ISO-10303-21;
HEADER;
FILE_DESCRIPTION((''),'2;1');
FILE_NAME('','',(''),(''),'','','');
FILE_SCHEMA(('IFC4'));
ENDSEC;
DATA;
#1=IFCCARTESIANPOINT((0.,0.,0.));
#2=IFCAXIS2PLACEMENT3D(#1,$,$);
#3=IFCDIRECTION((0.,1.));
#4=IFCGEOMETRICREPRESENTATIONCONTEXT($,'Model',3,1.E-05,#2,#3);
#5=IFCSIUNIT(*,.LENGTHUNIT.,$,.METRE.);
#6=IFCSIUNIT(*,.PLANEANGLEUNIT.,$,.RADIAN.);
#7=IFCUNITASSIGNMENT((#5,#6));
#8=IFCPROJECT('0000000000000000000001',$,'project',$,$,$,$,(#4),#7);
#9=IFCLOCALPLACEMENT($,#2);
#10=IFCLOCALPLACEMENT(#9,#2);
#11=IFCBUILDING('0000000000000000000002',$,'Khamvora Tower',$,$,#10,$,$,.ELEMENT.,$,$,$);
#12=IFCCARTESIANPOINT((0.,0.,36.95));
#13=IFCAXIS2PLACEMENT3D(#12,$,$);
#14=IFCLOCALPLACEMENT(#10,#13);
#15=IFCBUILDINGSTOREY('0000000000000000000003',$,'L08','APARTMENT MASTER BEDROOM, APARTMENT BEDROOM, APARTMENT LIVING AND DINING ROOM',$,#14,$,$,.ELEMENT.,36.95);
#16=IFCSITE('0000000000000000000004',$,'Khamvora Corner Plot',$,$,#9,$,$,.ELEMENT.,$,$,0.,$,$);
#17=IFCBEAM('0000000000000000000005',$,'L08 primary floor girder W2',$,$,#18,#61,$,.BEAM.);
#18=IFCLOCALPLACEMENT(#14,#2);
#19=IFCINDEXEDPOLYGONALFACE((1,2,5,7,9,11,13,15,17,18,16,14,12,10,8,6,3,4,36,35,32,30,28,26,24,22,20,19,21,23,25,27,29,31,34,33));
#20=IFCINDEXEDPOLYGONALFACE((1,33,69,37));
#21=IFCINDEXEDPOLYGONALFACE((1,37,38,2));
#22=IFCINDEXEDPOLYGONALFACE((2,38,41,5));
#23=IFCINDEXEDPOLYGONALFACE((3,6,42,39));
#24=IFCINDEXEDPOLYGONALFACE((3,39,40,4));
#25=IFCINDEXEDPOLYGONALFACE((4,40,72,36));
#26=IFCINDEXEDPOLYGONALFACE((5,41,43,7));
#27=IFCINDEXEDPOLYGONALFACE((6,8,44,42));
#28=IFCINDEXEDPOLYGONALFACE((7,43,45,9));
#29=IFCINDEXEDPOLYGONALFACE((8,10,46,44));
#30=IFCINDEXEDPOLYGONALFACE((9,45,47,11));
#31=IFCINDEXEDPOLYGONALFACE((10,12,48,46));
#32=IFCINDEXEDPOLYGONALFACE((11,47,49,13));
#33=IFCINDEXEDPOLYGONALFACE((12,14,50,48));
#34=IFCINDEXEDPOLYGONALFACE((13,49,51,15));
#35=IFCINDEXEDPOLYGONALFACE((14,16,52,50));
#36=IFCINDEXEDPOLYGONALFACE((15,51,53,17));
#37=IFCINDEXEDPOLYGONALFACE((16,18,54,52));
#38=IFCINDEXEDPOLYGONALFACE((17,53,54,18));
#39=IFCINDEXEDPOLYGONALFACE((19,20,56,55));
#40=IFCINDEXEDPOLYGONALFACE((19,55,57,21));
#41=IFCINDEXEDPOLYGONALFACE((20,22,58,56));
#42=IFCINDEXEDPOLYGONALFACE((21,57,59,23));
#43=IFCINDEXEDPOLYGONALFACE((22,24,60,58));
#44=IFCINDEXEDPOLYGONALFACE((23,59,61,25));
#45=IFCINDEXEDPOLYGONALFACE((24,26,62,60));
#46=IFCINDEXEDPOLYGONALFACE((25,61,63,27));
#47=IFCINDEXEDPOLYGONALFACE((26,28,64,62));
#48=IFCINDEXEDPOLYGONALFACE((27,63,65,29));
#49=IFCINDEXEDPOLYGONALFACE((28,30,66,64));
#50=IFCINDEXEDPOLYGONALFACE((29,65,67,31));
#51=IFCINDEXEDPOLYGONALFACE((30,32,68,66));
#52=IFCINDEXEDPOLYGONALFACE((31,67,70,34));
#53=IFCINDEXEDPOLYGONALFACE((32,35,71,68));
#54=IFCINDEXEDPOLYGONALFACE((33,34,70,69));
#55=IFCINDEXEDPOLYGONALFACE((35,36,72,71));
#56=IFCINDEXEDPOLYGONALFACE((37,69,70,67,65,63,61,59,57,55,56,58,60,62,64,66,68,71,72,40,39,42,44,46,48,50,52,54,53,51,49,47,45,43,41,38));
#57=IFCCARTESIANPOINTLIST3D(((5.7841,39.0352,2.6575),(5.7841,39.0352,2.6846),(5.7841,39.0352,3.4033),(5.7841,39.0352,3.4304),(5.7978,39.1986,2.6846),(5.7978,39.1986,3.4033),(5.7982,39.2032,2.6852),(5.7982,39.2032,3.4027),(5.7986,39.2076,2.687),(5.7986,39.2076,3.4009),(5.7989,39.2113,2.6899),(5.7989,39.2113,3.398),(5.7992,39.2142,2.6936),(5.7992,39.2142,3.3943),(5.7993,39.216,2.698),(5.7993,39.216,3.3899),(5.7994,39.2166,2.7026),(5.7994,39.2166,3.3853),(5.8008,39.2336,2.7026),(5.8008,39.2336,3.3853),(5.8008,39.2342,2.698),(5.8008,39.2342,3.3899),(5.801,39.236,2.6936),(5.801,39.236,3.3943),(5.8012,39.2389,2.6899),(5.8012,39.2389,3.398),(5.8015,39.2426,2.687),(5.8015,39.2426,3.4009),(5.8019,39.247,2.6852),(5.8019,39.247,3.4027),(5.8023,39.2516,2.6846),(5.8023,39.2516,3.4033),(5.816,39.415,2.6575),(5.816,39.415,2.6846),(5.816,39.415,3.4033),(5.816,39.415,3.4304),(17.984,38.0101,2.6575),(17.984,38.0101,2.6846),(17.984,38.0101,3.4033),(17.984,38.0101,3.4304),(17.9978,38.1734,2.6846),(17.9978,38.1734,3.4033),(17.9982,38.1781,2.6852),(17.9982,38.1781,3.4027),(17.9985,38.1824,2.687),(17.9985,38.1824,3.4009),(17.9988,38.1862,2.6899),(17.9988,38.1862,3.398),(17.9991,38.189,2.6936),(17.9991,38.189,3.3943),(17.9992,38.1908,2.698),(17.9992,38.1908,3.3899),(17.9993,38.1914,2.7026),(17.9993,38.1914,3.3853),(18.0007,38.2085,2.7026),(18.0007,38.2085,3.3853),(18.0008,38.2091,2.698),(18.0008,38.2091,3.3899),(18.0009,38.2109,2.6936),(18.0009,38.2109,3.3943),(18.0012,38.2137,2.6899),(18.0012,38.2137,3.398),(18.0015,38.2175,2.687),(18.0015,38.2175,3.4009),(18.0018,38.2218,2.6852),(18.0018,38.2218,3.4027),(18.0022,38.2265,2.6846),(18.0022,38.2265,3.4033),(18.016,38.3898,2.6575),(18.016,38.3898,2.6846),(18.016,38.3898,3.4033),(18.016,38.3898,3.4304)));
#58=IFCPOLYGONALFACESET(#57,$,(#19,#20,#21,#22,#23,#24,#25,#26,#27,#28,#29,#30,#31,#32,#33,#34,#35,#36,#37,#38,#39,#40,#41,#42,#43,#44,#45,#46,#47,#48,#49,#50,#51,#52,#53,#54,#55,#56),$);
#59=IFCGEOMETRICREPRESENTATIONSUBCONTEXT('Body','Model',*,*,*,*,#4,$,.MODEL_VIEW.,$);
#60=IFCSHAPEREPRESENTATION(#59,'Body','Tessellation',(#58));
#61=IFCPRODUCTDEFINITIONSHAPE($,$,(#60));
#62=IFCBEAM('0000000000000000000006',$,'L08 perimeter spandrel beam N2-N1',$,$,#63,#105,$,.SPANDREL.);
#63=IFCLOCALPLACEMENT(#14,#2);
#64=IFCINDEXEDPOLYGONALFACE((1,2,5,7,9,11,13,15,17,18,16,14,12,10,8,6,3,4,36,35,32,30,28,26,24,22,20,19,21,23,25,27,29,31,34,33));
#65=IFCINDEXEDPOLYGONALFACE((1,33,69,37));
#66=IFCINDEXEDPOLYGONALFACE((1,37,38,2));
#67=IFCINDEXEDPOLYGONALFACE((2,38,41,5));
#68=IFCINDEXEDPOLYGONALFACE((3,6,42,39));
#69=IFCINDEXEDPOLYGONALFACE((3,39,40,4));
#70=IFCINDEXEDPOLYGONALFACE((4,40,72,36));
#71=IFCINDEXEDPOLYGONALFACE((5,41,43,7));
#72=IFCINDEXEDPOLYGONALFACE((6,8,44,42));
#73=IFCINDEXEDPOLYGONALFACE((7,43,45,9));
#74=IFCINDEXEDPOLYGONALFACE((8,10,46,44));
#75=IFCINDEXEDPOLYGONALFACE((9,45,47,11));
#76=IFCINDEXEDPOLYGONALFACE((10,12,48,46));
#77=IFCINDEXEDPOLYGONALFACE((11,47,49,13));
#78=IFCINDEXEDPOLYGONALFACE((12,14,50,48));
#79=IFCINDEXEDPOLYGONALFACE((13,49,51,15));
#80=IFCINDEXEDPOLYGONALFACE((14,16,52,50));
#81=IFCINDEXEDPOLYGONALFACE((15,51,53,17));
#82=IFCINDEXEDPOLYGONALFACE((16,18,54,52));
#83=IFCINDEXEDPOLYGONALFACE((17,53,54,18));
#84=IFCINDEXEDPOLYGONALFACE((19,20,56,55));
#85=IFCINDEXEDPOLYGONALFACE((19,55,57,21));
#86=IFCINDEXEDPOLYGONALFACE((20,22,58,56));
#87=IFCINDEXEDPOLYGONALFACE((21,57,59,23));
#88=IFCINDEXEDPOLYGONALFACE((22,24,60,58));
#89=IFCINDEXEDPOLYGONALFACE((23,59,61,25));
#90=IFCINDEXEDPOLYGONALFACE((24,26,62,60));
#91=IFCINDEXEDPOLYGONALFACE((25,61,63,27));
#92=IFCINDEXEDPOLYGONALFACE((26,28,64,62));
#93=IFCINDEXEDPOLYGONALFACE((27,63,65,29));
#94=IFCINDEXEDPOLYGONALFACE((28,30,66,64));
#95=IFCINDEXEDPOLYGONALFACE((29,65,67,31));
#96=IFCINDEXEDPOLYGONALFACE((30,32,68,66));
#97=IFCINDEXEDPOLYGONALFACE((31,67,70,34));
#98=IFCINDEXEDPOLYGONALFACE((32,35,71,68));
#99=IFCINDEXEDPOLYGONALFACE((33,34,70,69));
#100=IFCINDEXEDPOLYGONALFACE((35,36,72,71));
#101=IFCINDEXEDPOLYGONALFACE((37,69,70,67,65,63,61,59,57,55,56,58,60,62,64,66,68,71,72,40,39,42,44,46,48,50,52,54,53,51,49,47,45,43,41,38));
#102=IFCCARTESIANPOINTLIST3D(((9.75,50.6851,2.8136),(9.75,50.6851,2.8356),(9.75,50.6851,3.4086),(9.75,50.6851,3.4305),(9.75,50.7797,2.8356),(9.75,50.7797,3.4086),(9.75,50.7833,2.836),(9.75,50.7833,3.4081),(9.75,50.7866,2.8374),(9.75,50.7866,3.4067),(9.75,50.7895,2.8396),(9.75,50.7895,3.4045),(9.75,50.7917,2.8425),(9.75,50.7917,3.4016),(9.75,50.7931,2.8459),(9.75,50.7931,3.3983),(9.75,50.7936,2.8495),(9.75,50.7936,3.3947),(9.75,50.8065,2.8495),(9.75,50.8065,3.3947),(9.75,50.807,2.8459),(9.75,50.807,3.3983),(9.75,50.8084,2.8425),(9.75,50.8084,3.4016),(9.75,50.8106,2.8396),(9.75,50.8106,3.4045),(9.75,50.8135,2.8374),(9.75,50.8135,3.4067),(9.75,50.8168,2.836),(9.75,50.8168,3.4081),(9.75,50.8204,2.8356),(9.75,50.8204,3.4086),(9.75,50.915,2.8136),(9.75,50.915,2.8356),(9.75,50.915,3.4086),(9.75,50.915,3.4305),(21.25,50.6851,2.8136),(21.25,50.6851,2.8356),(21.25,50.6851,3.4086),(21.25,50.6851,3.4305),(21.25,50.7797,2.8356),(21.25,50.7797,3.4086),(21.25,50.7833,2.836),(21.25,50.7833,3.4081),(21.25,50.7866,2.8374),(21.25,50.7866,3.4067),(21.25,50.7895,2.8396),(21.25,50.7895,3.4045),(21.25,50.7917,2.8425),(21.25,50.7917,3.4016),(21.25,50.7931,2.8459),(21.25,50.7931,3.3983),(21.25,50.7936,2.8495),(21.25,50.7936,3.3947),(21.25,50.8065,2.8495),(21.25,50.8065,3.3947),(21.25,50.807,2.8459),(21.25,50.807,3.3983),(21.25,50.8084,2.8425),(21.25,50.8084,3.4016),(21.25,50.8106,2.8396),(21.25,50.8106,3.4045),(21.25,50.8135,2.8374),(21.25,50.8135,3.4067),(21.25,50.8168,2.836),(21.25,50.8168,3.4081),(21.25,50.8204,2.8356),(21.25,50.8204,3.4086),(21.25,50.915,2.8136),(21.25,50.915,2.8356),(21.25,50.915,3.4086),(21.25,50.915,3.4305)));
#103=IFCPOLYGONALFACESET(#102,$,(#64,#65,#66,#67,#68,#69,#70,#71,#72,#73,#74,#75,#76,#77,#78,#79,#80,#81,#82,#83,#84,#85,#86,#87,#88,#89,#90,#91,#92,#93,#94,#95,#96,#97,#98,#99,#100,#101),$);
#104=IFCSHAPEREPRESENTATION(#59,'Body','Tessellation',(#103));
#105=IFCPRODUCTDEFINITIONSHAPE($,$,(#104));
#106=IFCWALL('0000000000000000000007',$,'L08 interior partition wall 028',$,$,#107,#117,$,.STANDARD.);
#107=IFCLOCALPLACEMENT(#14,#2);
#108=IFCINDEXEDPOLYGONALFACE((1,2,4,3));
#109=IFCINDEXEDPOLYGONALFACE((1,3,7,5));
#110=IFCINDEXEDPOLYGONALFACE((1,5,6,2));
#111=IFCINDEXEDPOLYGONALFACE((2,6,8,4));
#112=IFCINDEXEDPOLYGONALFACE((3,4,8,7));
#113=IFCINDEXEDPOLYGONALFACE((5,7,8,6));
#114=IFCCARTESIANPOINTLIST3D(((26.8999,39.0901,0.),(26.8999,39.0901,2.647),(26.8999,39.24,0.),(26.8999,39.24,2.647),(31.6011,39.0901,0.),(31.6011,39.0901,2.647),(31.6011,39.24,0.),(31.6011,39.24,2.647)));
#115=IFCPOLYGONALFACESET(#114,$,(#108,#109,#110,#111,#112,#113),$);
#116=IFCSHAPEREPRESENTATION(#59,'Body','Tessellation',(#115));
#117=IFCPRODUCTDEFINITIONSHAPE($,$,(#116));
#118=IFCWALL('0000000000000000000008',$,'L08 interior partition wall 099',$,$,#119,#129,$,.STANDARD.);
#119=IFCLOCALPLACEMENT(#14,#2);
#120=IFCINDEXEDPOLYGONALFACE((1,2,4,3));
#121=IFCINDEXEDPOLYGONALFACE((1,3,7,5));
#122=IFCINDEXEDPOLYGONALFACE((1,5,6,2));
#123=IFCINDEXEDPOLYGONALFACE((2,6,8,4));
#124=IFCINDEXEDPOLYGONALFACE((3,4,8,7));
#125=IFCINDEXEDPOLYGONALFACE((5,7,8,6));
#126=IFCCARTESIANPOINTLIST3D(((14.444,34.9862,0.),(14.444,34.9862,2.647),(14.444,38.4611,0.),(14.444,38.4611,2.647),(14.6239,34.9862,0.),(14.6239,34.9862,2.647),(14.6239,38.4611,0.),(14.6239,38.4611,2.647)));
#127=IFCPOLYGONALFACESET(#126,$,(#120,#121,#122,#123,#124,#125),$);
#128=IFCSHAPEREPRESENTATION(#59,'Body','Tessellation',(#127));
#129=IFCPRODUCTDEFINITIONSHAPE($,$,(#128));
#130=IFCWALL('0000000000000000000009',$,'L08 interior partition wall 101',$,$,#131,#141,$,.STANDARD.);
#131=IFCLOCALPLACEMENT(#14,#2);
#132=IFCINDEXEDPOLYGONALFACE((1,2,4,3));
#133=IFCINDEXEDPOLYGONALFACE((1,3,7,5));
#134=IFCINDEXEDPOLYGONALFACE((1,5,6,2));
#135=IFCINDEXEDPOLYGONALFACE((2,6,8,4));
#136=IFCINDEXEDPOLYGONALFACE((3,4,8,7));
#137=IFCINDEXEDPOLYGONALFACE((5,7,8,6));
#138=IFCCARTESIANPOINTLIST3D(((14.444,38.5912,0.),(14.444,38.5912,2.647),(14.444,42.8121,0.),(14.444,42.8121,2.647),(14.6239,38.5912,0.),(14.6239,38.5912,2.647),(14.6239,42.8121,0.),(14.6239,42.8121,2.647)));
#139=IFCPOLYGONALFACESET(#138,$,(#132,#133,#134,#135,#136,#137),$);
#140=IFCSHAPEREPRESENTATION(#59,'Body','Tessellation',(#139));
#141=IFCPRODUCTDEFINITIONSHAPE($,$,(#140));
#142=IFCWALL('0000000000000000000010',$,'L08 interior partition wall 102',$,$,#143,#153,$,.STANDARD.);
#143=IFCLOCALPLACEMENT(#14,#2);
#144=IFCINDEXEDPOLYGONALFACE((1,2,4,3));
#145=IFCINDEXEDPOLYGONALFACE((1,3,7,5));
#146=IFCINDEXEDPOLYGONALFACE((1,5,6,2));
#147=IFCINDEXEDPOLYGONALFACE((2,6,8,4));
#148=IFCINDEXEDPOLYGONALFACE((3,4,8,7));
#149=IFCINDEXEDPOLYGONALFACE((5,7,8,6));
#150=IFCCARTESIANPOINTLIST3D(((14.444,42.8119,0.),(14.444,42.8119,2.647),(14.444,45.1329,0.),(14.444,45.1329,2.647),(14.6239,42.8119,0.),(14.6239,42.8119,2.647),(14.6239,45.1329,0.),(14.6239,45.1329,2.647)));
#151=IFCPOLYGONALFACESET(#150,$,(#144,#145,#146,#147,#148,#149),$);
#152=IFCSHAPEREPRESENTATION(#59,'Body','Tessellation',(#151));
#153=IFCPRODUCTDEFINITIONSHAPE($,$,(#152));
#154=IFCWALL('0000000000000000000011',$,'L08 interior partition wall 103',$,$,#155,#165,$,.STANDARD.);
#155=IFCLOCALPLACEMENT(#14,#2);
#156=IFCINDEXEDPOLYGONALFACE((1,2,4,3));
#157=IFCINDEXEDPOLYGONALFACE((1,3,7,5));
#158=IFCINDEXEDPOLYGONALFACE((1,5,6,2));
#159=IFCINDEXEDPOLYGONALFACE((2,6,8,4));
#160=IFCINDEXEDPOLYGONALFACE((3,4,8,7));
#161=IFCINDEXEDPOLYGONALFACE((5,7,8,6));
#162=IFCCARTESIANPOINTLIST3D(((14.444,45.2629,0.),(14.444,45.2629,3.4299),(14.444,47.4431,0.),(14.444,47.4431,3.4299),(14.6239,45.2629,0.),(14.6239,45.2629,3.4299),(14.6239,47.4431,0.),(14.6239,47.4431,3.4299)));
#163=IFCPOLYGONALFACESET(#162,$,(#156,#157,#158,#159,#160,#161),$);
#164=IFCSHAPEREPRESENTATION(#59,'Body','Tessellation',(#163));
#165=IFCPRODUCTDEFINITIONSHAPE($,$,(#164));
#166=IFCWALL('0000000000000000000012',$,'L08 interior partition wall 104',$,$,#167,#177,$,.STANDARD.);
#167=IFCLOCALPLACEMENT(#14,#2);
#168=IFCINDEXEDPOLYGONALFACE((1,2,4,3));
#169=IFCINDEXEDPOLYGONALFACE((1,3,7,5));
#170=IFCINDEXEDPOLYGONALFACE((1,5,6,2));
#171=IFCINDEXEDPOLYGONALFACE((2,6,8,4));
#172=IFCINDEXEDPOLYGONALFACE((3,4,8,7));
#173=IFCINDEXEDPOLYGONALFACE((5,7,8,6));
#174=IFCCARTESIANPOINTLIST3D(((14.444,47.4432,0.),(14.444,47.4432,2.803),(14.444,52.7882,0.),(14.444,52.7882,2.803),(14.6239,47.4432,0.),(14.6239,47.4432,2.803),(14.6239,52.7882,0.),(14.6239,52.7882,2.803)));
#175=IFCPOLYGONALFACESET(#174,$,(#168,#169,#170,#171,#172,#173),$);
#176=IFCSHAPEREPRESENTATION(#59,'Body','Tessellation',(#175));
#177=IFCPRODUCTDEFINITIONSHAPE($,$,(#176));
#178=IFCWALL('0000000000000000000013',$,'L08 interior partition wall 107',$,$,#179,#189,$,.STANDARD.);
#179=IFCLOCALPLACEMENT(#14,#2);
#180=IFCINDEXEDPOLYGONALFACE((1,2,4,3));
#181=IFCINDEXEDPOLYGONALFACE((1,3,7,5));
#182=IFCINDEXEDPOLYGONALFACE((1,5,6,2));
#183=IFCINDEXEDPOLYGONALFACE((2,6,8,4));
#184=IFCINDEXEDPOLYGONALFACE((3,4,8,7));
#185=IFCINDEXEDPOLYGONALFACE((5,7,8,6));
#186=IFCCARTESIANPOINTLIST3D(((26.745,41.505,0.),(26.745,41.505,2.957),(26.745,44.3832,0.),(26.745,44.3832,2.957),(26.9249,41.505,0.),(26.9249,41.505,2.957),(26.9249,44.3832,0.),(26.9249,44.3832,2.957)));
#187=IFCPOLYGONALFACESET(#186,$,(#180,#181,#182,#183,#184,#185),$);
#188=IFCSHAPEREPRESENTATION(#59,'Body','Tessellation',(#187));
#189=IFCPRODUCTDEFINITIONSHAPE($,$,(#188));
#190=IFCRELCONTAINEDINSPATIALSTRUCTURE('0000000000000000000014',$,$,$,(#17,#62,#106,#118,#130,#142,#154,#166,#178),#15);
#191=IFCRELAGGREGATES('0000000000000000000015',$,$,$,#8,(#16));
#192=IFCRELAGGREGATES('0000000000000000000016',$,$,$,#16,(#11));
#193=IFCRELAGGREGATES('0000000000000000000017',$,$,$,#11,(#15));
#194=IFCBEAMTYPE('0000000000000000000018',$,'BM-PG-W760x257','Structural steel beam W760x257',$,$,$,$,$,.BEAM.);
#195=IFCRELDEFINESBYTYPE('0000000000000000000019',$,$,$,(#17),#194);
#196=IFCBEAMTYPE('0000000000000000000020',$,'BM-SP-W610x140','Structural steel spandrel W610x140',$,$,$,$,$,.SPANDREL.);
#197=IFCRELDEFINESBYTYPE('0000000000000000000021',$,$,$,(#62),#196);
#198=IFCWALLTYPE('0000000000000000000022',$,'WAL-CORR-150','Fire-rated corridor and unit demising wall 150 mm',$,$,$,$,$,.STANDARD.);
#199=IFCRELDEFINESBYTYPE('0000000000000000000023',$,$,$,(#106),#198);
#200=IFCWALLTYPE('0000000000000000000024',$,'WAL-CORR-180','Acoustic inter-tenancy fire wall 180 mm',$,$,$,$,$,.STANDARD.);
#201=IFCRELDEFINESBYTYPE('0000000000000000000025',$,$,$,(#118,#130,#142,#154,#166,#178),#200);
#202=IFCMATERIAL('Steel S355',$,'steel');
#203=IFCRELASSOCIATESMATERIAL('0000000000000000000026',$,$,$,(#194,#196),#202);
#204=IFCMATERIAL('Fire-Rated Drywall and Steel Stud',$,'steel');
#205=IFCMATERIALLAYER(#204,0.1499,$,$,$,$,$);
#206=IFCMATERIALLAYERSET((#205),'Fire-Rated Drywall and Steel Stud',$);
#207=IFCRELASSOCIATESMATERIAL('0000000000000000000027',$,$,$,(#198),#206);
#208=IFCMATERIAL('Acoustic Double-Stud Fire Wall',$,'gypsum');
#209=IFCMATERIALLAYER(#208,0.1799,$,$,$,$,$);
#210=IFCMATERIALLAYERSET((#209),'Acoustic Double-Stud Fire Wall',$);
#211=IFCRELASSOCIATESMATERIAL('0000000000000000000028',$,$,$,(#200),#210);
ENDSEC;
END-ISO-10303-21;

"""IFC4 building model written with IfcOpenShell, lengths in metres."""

from ifc_helpers import new_model, si_unit, direction, frame, frame_2d, origin, origin_2d, place, context, subcontext, project, spatial, rectangle, i_section, extrude, material, layer, layer_set, material_profile, profile_set, type_object, element, save


model = new_model("IFC4")

# Units and contexts
model_context = context("Model", 3, precision=1e-05, world=origin(), true_north=direction((0.0, 1.0)))
body_context = subcontext(model_context, "Body", "Model", "MODEL_VIEW")
ifc_project = project(units=[si_unit("LENGTHUNIT", "METRE"), si_unit("PLANEANGLEUNIT", "RADIAN")], contexts=[model_context])

# Site, building, storey
site_placement = place(None, origin())
site = spatial("IfcSite", under=ifc_project, at=site_placement, Name="Khamvora Corner Plot", CompositionType="ELEMENT", RefElevation=0.0)
building_placement = place(site_placement, origin())
building = spatial("IfcBuilding", under=site, at=building_placement, Name="Khamvora Tower", CompositionType="ELEMENT")
storey_placement = place(building_placement, frame((0.0, 0.0, 36.95)))
storey = spatial("IfcBuildingStorey", under=building, at=storey_placement, Name="L08", Description="APARTMENT MASTER BEDROOM, APARTMENT BEDROOM, APARTMENT LIVING AND DINING ROOM", CompositionType="ELEMENT", Elevation=36.95)

# Beams
ifc_material_1 = material(Name="Steel S355", Category="steel")
ifc_material_profile_1 = material_profile(ifc_material_1, i_section(OverallWidth=0.3811, OverallDepth=0.7729, WebThickness=0.0171, FlangeThickness=0.0271, FilletRadius=0.0181, at=origin_2d()), Name="W760x257")
ifc_profile_set_1 = profile_set([ifc_material_profile_1], Name="Steel S355")
beam_type_1 = type_object("IfcBeamType", Name="BM-PG-W760x257", Description="Structural steel beam W760x257", PredefinedType="BEAM", material=ifc_profile_set_1)
beam_1_placement = place(storey_placement, frame((18.0, 38.2, 3.0439), z_axis=(-0.996488, 0.083734, 0.0), x_axis=(-0.083734, -0.996488, 0.0)))
element("IfcBeam", 1, at=beam_1_placement, inside=storey, type_object=beam_type_1, Name="L08 primary floor girder W2", PredefinedType="BEAM", context=body_context, shape_type="SweptSolid", body=[
    extrude(i_section(OverallWidth=0.3811, OverallDepth=0.7729, WebThickness=0.0171, FlangeThickness=0.0271, FilletRadius=0.0181, at=origin_2d()), origin(), (0.0, 0.0, 1.0), 12.2429),
])
ifc_material_profile_2 = material_profile(ifc_material_1, i_section(OverallWidth=0.23, OverallDepth=0.6169, WebThickness=0.0129, FlangeThickness=0.022, FilletRadius=0.0139, at=origin_2d()), Name="W610x140")
ifc_profile_set_2 = profile_set([ifc_material_profile_2], Name="Steel S355")
beam_type_2 = type_object("IfcBeamType", Name="BM-SP-W610x140", Description="Structural steel spandrel W610x140", PredefinedType="SPANDREL", material=ifc_profile_set_2)
beam_2_placement = place(storey_placement, frame((21.25, 50.8, 3.1221), z_axis=(-1.0, 0.0, 0.0), x_axis=(0.0, -1.0, 0.0)))
element("IfcBeam", 2, at=beam_2_placement, inside=storey, type_object=beam_type_2, Name="L08 perimeter spandrel beam N2-N1", PredefinedType="SPANDREL", context=body_context, shape_type="SweptSolid", body=[
    extrude(i_section(OverallWidth=0.23, OverallDepth=0.6169, WebThickness=0.0129, FlangeThickness=0.022, FilletRadius=0.0139, at=origin_2d()), origin(), (0.0, 0.0, 1.0), 11.5),
])

# Walls
ifc_material_2 = material(Name="Fire-Rated Drywall and Steel Stud", Category="steel")
ifc_layer_1 = layer(ifc_material_2, 0.1499)
ifc_layer_set_1 = layer_set([ifc_layer_1], Name="Fire-Rated Drywall and Steel Stud")
wall_type_1 = type_object("IfcWallType", Name="WAL-CORR-150", Description="Fire-rated corridor and unit demising wall 150 mm", PredefinedType="STANDARD", material=ifc_layer_set_1)
wall_1_placement = place(storey_placement, frame((26.8999, 39.165, 0.0), z_axis=(0.0, 0.0, 1.0), x_axis=(1.0, 0.0, 0.0)))
element("IfcWall", 3, at=wall_1_placement, inside=storey, type_object=wall_type_1, Name="L08 interior partition wall 028", PredefinedType="STANDARD", context=body_context, shape_type="SweptSolid", body=[
    extrude(rectangle(XDim=4.7012, YDim=0.1499, at=frame_2d((2.3506, 0.0))), origin(), (0.0, 0.0, 1.0), 2.647),
])
ifc_material_3 = material(Name="Acoustic Double-Stud Fire Wall", Category="gypsum")
ifc_layer_2 = layer(ifc_material_3, 0.1799)
ifc_layer_set_2 = layer_set([ifc_layer_2], Name="Acoustic Double-Stud Fire Wall")
wall_type_2 = type_object("IfcWallType", Name="WAL-CORR-180", Description="Acoustic inter-tenancy fire wall 180 mm", PredefinedType="STANDARD", material=ifc_layer_set_2)
wall_2_placement = place(storey_placement, frame((14.5339, 38.4609, 0.0), z_axis=(0.0, 0.0, 1.0), x_axis=(0.0, -1.0, 0.0)))
element("IfcWall", 4, at=wall_2_placement, inside=storey, type_object=wall_type_2, Name="L08 interior partition wall 099", PredefinedType="STANDARD", context=body_context, shape_type="SweptSolid", body=[
    extrude(rectangle(XDim=3.4749, YDim=0.1799, at=frame_2d((1.7373, 0.0))), origin(), (0.0, 0.0, 1.0), 2.647),
])
wall_3_placement = place(storey_placement, frame((14.5339, 42.812, 0.0), z_axis=(0.0, 0.0, 1.0), x_axis=(0.0, -1.0, 0.0)))
element("IfcWall", 5, at=wall_3_placement, inside=storey, type_object=wall_type_2, Name="L08 interior partition wall 101", PredefinedType="STANDARD", context=body_context, shape_type="SweptSolid", body=[
    extrude(rectangle(XDim=4.2209, YDim=0.1799, at=frame_2d((2.1104, 0.0))), origin(), (0.0, 0.0, 1.0), 2.647),
])
wall_4_placement = place(storey_placement, frame((14.5339, 45.1331, 0.0), z_axis=(0.0, 0.0, 1.0), x_axis=(0.0, -1.0, 0.0)))
element("IfcWall", 6, at=wall_4_placement, inside=storey, type_object=wall_type_2, Name="L08 interior partition wall 102", PredefinedType="STANDARD", context=body_context, shape_type="SweptSolid", body=[
    extrude(rectangle(XDim=2.321, YDim=0.1799, at=frame_2d((1.1606, 0.0))), origin(), (0.0, 0.0, 1.0), 2.647),
])
wall_5_placement = place(storey_placement, frame((14.5339, 47.4431, 0.0), z_axis=(0.0, 0.0, 1.0), x_axis=(0.0, -1.0, 0.0)))
element("IfcWall", 7, at=wall_5_placement, inside=storey, type_object=wall_type_2, Name="L08 interior partition wall 103", PredefinedType="STANDARD", context=body_context, shape_type="SweptSolid", body=[
    extrude(rectangle(XDim=2.1802, YDim=0.1799, at=frame_2d((1.0901, 0.0))), origin(), (0.0, 0.0, 1.0), 3.4299),
])
wall_6_placement = place(storey_placement, frame((14.5339, 52.7881, 0.0), z_axis=(0.0, 0.0, 1.0), x_axis=(0.0, -1.0, 0.0)))
element("IfcWall", 8, at=wall_6_placement, inside=storey, type_object=wall_type_2, Name="L08 interior partition wall 104", PredefinedType="STANDARD", context=body_context, shape_type="SweptSolid", body=[
    extrude(rectangle(XDim=5.345, YDim=0.1799, at=frame_2d((2.6724, 0.0))), origin(), (0.0, 0.0, 1.0), 2.803),
])
wall_7_placement = place(storey_placement, frame((26.835, 44.3831, 0.0), z_axis=(0.0, 0.0, 1.0), x_axis=(0.0, -1.0, 0.0)))
element("IfcWall", 9, at=wall_7_placement, inside=storey, type_object=wall_type_2, Name="L08 interior partition wall 107", PredefinedType="STANDARD", context=body_context, shape_type="SweptSolid", body=[
    extrude(rectangle(XDim=2.8782, YDim=0.1799, at=frame_2d((1.439, 0.0))), origin(), (0.0, 0.0, 1.0), 2.957),
])

save(model, "model.ifc")
